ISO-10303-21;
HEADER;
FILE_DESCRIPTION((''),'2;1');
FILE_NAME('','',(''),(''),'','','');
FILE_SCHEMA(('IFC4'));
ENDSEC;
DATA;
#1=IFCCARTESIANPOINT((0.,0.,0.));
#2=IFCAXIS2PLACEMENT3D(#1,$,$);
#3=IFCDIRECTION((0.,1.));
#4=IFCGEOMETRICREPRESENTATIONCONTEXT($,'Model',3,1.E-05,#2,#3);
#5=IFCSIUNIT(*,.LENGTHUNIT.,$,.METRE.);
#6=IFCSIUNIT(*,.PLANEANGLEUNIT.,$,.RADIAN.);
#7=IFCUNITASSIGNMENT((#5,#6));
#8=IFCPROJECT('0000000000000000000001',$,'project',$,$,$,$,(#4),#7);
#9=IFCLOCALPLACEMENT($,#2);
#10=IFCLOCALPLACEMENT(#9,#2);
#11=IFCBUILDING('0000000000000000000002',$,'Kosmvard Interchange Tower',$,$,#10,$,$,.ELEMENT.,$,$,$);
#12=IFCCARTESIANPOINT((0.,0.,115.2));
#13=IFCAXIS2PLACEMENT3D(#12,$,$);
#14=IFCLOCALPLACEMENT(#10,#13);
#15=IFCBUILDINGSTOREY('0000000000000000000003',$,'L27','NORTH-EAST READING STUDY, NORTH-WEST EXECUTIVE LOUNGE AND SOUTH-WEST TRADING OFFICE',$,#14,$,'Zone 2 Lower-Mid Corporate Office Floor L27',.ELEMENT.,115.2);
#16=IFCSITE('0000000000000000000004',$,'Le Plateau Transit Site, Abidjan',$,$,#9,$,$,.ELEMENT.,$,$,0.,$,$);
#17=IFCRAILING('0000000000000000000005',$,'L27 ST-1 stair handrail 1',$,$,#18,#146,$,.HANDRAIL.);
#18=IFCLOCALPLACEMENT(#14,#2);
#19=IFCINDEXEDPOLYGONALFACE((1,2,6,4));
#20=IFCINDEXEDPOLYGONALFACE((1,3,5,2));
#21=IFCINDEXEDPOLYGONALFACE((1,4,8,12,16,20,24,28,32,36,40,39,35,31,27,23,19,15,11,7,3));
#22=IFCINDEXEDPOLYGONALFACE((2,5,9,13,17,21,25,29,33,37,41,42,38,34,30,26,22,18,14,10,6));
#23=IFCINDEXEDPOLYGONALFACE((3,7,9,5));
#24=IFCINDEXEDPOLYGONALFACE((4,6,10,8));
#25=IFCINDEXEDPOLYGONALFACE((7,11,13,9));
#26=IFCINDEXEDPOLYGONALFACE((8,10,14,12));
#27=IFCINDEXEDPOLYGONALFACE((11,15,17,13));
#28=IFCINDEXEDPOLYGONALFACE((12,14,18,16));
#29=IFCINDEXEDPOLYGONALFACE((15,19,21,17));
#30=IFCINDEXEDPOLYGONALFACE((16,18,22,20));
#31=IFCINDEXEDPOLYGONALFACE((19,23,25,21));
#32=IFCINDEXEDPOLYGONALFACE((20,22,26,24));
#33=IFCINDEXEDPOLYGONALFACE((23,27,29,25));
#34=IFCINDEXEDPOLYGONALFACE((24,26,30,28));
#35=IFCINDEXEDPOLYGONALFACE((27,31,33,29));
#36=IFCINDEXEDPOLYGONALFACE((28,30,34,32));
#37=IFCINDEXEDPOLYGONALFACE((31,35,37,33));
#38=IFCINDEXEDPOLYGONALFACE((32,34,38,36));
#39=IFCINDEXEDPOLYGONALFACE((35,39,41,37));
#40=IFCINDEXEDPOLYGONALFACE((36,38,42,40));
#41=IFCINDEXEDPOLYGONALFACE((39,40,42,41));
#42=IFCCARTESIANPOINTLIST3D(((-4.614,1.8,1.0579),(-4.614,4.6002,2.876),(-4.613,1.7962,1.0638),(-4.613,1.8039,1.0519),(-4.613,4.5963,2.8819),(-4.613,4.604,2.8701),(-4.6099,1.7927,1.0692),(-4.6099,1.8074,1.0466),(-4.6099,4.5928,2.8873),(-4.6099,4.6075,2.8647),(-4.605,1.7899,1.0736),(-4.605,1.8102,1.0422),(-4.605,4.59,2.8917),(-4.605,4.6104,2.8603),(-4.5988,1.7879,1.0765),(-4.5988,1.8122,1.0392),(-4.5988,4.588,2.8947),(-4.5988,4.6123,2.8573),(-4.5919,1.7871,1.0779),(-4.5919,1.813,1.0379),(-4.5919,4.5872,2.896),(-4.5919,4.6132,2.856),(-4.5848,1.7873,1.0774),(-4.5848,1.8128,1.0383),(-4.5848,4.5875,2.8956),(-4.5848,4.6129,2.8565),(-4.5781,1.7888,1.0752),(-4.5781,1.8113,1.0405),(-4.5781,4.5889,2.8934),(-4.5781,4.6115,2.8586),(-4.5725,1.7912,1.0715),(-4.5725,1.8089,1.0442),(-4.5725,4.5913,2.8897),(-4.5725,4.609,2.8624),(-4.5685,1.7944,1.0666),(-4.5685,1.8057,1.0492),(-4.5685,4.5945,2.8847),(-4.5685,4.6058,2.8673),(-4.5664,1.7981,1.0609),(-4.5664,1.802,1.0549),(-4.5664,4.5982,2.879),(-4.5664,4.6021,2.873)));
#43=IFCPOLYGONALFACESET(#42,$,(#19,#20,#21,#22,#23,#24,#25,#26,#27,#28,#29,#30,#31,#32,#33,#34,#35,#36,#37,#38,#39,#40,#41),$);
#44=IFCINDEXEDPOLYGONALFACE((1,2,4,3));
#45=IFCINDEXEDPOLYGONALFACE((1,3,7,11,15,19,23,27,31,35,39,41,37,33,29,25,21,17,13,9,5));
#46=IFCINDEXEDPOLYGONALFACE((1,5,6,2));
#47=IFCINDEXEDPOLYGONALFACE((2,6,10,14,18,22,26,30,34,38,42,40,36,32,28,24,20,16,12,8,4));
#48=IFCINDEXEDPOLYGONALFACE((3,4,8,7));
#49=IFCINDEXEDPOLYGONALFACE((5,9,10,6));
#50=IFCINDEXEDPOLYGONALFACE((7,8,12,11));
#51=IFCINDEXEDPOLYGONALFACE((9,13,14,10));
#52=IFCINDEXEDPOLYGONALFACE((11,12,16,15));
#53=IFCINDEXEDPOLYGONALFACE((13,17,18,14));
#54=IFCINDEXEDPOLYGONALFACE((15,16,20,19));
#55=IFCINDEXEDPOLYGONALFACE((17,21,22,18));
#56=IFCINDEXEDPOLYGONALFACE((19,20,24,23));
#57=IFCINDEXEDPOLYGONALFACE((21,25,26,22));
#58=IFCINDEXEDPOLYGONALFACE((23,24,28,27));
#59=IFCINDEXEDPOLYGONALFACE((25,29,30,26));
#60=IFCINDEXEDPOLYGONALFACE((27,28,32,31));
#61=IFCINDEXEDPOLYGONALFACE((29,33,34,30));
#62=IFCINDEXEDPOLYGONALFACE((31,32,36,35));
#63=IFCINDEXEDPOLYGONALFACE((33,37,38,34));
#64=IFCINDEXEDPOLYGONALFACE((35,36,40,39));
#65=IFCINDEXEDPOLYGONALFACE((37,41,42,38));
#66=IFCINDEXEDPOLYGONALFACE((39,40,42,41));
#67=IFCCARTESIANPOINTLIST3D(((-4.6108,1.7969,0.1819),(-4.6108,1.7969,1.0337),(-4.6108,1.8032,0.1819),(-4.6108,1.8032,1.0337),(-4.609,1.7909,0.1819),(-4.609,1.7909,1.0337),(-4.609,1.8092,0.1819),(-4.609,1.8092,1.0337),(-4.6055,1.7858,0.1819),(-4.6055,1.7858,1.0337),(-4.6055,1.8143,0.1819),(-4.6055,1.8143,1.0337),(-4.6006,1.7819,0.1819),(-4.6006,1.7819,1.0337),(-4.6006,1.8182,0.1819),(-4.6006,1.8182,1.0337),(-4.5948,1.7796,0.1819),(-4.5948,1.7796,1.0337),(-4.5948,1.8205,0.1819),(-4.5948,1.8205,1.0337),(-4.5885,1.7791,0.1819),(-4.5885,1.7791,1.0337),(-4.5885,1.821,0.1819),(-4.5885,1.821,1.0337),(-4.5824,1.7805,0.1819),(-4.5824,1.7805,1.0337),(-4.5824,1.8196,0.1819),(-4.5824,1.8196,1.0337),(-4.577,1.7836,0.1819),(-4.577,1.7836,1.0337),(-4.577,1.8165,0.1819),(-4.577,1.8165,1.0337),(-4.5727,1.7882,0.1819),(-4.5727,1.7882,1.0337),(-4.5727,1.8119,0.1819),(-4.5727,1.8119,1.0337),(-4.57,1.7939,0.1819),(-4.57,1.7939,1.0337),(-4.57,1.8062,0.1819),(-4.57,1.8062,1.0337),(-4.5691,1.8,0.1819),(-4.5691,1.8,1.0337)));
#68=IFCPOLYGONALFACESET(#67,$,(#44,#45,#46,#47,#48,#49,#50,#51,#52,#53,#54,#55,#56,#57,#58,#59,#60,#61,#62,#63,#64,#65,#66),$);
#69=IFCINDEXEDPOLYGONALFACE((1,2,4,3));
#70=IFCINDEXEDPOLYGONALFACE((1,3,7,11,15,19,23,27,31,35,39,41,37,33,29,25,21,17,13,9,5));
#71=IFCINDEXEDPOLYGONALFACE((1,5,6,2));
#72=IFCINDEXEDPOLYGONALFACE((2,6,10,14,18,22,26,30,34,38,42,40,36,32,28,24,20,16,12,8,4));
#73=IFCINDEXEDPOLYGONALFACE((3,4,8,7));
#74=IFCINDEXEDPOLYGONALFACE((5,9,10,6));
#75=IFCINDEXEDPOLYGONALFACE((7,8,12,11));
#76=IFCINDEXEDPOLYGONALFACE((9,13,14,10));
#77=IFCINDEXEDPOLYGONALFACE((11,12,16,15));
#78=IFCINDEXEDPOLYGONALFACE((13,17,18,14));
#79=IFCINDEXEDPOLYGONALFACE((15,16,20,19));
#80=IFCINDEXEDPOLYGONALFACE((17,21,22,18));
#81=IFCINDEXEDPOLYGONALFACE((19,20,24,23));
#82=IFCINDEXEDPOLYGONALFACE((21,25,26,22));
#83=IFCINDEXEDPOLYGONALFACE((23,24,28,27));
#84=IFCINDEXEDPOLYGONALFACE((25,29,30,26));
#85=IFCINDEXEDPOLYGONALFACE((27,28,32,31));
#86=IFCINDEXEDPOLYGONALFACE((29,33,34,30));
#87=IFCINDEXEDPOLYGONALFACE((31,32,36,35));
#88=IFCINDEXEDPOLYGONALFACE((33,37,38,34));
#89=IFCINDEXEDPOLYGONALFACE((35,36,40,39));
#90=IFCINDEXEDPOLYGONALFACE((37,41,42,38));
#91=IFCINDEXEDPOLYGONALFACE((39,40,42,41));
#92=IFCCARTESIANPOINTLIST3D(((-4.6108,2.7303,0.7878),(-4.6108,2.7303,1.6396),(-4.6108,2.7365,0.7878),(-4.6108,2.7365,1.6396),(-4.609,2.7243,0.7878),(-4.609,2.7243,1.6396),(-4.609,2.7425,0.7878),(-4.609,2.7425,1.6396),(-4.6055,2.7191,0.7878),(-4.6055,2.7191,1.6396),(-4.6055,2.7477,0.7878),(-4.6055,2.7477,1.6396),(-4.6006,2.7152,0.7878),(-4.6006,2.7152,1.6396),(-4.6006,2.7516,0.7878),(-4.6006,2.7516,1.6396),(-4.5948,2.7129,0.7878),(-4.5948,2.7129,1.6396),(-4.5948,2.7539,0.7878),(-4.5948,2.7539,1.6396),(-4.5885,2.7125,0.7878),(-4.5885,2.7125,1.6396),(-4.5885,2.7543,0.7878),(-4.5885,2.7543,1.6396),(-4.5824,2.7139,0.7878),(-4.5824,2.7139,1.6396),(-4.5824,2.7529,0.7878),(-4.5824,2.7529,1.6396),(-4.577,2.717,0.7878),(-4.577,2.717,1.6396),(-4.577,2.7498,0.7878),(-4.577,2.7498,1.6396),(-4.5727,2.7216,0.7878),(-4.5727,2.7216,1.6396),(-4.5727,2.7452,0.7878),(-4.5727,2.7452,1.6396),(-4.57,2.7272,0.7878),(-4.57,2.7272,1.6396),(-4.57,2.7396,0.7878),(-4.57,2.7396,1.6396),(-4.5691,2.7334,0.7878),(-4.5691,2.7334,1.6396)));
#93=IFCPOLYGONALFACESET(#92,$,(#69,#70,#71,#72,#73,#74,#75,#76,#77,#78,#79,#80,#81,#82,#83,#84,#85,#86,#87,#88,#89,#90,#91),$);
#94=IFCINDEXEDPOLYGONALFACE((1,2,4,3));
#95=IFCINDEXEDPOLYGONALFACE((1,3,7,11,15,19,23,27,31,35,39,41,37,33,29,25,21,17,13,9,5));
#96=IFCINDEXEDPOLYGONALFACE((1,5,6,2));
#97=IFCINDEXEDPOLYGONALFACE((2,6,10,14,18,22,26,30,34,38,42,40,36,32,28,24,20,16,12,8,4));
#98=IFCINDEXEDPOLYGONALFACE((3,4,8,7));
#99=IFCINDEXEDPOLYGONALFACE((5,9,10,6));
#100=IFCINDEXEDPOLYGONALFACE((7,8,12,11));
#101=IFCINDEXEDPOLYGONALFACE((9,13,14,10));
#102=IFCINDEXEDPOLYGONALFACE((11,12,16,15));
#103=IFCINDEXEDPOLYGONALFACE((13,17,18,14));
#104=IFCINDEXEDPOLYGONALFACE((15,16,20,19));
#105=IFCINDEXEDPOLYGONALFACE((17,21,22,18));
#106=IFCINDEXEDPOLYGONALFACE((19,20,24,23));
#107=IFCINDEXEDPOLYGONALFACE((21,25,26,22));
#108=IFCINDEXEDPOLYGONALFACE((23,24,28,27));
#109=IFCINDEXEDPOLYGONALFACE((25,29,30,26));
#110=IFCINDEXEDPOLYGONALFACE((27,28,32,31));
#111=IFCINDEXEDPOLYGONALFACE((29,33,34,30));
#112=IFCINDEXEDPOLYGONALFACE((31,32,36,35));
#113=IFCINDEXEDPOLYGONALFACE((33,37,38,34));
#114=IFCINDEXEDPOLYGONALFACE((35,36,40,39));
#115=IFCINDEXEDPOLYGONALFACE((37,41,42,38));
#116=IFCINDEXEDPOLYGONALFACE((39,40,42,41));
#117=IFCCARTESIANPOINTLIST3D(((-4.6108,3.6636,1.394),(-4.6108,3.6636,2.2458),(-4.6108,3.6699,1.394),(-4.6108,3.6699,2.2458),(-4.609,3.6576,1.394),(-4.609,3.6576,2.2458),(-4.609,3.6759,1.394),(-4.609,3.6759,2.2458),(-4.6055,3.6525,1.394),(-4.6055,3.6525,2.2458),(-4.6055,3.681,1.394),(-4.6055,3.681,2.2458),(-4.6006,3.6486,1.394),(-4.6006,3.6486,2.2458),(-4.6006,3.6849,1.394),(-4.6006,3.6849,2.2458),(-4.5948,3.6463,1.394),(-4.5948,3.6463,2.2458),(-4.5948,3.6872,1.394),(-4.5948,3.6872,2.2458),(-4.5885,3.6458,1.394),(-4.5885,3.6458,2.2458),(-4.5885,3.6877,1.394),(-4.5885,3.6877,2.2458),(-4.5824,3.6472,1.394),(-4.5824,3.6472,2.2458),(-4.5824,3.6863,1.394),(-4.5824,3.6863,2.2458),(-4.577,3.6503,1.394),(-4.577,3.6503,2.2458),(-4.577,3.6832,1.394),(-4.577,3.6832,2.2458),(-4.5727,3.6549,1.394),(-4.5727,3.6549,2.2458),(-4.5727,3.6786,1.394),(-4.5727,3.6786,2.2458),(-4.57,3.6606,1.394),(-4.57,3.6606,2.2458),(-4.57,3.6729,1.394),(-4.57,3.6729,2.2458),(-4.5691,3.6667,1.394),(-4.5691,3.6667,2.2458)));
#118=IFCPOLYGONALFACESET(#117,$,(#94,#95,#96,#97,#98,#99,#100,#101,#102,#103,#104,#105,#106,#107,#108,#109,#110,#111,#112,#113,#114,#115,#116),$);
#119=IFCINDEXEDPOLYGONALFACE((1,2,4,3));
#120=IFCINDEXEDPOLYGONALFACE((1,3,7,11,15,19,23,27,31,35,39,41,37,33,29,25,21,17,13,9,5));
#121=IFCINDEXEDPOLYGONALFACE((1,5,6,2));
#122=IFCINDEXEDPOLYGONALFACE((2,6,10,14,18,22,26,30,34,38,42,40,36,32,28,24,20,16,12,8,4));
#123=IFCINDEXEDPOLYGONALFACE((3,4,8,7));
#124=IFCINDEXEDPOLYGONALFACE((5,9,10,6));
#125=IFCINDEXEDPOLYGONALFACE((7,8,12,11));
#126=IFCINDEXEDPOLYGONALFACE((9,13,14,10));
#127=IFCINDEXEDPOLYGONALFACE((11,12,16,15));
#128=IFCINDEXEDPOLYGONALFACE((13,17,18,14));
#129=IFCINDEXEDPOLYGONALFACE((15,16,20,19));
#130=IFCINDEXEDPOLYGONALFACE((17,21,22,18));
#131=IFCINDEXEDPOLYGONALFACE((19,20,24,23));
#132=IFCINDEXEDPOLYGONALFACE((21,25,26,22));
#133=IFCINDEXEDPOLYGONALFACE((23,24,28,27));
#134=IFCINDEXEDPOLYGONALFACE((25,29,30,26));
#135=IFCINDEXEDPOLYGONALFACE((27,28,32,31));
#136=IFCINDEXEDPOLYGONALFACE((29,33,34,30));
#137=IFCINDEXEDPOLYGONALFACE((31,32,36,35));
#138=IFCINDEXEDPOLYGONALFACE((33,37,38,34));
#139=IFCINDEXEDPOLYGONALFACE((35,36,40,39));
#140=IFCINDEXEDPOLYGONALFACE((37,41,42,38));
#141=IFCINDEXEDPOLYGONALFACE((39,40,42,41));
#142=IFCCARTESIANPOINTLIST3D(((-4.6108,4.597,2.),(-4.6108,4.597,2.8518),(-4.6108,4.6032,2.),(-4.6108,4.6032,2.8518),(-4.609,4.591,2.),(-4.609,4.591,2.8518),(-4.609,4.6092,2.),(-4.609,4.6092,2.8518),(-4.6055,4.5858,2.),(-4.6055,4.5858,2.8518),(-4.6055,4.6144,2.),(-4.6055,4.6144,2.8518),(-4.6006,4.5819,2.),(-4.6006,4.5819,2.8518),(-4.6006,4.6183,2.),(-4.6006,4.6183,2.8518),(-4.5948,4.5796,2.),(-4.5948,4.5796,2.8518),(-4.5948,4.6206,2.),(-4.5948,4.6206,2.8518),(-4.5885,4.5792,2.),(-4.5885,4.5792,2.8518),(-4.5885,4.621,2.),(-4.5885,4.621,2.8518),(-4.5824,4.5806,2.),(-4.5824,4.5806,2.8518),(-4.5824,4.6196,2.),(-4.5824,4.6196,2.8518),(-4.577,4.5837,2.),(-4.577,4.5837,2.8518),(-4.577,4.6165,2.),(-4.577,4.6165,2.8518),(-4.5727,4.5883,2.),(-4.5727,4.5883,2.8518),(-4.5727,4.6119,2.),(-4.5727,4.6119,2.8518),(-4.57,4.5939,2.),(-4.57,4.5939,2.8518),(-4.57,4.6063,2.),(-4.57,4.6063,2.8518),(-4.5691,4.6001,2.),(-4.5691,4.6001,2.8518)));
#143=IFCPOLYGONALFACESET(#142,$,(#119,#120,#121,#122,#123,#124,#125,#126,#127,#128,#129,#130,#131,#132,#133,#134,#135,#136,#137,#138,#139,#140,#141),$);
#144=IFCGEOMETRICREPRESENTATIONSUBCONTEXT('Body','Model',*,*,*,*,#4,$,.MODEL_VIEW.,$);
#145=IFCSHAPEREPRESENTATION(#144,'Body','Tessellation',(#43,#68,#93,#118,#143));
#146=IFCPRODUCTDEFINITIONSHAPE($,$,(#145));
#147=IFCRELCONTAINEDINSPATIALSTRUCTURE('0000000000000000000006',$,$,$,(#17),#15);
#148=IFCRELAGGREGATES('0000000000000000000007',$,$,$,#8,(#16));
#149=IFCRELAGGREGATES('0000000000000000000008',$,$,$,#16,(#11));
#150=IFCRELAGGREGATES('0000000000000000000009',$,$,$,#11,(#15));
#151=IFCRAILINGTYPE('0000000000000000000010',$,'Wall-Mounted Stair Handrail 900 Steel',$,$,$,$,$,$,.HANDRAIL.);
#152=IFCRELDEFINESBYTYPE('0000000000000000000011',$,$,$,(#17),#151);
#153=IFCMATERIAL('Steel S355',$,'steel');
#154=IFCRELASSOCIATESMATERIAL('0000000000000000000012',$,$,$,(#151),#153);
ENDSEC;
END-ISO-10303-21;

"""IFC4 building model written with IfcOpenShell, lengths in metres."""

from ifc_helpers import new_model, si_unit, direction, frame, origin, origin_2d, place, context, subcontext, project, spatial, circle, extrude, source, transform, mapped, material, type_object, element, save


model = new_model("IFC4")

# Units and contexts
model_context = context("Model", 3, precision=1e-05, world=origin(), true_north=direction((0.0, 1.0)))
body_context = subcontext(model_context, "Body", "Model", "MODEL_VIEW")
ifc_project = project(units=[si_unit("LENGTHUNIT", "METRE"), si_unit("PLANEANGLEUNIT", "RADIAN")], contexts=[model_context])

# Site, building, storey
site_placement = place(None, origin())
site = spatial("IfcSite", under=ifc_project, at=site_placement, Name="Le Plateau Transit Site, Abidjan", CompositionType="ELEMENT", RefElevation=0.0)
building_placement = place(site_placement, origin())
building = spatial("IfcBuilding", under=site, at=building_placement, Name="Kosmvard Interchange Tower", CompositionType="ELEMENT")
storey_placement = place(building_placement, frame((0.0, 0.0, 115.2)))
storey = spatial("IfcBuildingStorey", under=building, at=storey_placement, Name="L27", Description="NORTH-EAST READING STUDY, NORTH-WEST EXECUTIVE LOUNGE AND SOUTH-WEST TRADING OFFICE", LongName="Zone 2 Lower-Mid Corporate Office Floor L27", CompositionType="ELEMENT", Elevation=115.2)

# Railing
ifc_material_1 = material(Name="Steel S355", Category="steel")
railing_type_1 = type_object("IfcRailingType", Name="Wall-Mounted Stair Handrail 900 Steel", PredefinedType="HANDRAIL", material=ifc_material_1)
shared_shape_1 = source(origin(), body_context, "Body", "SweptSolid", [
    extrude(circle(Radius=0.0239, at=origin_2d()), frame((0.0, 0.0, 0.876), z_axis=(0.0, 0.838706, 0.544585), x_axis=(-1.0, 0.0, 0.0)), (0.0, 0.0, 1.0), 3.3386),
    extrude(circle(Radius=0.021, at=origin_2d()), origin(), (0.0, 0.0, 1.0), 0.8518),
    extrude(circle(Radius=0.021, at=origin_2d()), frame((0.0, 0.9333, 0.606)), (0.0, 0.0, 1.0), 0.8518),
    extrude(circle(Radius=0.021, at=origin_2d()), frame((0.0, 1.8667, 1.2122)), (0.0, 0.0, 1.0), 0.8518),
    extrude(circle(Radius=0.021, at=origin_2d()), frame((0.0, 2.8, 1.8181)), (0.0, 0.0, 1.0), 0.8518),
])
railing_1_placement = place(storey_placement, frame((-4.5901, 1.8, 0.1819)))
element("IfcRailing", 1, at=railing_1_placement, inside=storey, type_object=railing_type_1, Name="L27 ST-1 stair handrail 1", PredefinedType="HANDRAIL", context=body_context, shape_type="MappedRepresentation", body=[
    mapped(shared_shape_1, transform((0.0, 0.0, 0.0), scale=1.0)),
])

save(model, "model.ifc")
